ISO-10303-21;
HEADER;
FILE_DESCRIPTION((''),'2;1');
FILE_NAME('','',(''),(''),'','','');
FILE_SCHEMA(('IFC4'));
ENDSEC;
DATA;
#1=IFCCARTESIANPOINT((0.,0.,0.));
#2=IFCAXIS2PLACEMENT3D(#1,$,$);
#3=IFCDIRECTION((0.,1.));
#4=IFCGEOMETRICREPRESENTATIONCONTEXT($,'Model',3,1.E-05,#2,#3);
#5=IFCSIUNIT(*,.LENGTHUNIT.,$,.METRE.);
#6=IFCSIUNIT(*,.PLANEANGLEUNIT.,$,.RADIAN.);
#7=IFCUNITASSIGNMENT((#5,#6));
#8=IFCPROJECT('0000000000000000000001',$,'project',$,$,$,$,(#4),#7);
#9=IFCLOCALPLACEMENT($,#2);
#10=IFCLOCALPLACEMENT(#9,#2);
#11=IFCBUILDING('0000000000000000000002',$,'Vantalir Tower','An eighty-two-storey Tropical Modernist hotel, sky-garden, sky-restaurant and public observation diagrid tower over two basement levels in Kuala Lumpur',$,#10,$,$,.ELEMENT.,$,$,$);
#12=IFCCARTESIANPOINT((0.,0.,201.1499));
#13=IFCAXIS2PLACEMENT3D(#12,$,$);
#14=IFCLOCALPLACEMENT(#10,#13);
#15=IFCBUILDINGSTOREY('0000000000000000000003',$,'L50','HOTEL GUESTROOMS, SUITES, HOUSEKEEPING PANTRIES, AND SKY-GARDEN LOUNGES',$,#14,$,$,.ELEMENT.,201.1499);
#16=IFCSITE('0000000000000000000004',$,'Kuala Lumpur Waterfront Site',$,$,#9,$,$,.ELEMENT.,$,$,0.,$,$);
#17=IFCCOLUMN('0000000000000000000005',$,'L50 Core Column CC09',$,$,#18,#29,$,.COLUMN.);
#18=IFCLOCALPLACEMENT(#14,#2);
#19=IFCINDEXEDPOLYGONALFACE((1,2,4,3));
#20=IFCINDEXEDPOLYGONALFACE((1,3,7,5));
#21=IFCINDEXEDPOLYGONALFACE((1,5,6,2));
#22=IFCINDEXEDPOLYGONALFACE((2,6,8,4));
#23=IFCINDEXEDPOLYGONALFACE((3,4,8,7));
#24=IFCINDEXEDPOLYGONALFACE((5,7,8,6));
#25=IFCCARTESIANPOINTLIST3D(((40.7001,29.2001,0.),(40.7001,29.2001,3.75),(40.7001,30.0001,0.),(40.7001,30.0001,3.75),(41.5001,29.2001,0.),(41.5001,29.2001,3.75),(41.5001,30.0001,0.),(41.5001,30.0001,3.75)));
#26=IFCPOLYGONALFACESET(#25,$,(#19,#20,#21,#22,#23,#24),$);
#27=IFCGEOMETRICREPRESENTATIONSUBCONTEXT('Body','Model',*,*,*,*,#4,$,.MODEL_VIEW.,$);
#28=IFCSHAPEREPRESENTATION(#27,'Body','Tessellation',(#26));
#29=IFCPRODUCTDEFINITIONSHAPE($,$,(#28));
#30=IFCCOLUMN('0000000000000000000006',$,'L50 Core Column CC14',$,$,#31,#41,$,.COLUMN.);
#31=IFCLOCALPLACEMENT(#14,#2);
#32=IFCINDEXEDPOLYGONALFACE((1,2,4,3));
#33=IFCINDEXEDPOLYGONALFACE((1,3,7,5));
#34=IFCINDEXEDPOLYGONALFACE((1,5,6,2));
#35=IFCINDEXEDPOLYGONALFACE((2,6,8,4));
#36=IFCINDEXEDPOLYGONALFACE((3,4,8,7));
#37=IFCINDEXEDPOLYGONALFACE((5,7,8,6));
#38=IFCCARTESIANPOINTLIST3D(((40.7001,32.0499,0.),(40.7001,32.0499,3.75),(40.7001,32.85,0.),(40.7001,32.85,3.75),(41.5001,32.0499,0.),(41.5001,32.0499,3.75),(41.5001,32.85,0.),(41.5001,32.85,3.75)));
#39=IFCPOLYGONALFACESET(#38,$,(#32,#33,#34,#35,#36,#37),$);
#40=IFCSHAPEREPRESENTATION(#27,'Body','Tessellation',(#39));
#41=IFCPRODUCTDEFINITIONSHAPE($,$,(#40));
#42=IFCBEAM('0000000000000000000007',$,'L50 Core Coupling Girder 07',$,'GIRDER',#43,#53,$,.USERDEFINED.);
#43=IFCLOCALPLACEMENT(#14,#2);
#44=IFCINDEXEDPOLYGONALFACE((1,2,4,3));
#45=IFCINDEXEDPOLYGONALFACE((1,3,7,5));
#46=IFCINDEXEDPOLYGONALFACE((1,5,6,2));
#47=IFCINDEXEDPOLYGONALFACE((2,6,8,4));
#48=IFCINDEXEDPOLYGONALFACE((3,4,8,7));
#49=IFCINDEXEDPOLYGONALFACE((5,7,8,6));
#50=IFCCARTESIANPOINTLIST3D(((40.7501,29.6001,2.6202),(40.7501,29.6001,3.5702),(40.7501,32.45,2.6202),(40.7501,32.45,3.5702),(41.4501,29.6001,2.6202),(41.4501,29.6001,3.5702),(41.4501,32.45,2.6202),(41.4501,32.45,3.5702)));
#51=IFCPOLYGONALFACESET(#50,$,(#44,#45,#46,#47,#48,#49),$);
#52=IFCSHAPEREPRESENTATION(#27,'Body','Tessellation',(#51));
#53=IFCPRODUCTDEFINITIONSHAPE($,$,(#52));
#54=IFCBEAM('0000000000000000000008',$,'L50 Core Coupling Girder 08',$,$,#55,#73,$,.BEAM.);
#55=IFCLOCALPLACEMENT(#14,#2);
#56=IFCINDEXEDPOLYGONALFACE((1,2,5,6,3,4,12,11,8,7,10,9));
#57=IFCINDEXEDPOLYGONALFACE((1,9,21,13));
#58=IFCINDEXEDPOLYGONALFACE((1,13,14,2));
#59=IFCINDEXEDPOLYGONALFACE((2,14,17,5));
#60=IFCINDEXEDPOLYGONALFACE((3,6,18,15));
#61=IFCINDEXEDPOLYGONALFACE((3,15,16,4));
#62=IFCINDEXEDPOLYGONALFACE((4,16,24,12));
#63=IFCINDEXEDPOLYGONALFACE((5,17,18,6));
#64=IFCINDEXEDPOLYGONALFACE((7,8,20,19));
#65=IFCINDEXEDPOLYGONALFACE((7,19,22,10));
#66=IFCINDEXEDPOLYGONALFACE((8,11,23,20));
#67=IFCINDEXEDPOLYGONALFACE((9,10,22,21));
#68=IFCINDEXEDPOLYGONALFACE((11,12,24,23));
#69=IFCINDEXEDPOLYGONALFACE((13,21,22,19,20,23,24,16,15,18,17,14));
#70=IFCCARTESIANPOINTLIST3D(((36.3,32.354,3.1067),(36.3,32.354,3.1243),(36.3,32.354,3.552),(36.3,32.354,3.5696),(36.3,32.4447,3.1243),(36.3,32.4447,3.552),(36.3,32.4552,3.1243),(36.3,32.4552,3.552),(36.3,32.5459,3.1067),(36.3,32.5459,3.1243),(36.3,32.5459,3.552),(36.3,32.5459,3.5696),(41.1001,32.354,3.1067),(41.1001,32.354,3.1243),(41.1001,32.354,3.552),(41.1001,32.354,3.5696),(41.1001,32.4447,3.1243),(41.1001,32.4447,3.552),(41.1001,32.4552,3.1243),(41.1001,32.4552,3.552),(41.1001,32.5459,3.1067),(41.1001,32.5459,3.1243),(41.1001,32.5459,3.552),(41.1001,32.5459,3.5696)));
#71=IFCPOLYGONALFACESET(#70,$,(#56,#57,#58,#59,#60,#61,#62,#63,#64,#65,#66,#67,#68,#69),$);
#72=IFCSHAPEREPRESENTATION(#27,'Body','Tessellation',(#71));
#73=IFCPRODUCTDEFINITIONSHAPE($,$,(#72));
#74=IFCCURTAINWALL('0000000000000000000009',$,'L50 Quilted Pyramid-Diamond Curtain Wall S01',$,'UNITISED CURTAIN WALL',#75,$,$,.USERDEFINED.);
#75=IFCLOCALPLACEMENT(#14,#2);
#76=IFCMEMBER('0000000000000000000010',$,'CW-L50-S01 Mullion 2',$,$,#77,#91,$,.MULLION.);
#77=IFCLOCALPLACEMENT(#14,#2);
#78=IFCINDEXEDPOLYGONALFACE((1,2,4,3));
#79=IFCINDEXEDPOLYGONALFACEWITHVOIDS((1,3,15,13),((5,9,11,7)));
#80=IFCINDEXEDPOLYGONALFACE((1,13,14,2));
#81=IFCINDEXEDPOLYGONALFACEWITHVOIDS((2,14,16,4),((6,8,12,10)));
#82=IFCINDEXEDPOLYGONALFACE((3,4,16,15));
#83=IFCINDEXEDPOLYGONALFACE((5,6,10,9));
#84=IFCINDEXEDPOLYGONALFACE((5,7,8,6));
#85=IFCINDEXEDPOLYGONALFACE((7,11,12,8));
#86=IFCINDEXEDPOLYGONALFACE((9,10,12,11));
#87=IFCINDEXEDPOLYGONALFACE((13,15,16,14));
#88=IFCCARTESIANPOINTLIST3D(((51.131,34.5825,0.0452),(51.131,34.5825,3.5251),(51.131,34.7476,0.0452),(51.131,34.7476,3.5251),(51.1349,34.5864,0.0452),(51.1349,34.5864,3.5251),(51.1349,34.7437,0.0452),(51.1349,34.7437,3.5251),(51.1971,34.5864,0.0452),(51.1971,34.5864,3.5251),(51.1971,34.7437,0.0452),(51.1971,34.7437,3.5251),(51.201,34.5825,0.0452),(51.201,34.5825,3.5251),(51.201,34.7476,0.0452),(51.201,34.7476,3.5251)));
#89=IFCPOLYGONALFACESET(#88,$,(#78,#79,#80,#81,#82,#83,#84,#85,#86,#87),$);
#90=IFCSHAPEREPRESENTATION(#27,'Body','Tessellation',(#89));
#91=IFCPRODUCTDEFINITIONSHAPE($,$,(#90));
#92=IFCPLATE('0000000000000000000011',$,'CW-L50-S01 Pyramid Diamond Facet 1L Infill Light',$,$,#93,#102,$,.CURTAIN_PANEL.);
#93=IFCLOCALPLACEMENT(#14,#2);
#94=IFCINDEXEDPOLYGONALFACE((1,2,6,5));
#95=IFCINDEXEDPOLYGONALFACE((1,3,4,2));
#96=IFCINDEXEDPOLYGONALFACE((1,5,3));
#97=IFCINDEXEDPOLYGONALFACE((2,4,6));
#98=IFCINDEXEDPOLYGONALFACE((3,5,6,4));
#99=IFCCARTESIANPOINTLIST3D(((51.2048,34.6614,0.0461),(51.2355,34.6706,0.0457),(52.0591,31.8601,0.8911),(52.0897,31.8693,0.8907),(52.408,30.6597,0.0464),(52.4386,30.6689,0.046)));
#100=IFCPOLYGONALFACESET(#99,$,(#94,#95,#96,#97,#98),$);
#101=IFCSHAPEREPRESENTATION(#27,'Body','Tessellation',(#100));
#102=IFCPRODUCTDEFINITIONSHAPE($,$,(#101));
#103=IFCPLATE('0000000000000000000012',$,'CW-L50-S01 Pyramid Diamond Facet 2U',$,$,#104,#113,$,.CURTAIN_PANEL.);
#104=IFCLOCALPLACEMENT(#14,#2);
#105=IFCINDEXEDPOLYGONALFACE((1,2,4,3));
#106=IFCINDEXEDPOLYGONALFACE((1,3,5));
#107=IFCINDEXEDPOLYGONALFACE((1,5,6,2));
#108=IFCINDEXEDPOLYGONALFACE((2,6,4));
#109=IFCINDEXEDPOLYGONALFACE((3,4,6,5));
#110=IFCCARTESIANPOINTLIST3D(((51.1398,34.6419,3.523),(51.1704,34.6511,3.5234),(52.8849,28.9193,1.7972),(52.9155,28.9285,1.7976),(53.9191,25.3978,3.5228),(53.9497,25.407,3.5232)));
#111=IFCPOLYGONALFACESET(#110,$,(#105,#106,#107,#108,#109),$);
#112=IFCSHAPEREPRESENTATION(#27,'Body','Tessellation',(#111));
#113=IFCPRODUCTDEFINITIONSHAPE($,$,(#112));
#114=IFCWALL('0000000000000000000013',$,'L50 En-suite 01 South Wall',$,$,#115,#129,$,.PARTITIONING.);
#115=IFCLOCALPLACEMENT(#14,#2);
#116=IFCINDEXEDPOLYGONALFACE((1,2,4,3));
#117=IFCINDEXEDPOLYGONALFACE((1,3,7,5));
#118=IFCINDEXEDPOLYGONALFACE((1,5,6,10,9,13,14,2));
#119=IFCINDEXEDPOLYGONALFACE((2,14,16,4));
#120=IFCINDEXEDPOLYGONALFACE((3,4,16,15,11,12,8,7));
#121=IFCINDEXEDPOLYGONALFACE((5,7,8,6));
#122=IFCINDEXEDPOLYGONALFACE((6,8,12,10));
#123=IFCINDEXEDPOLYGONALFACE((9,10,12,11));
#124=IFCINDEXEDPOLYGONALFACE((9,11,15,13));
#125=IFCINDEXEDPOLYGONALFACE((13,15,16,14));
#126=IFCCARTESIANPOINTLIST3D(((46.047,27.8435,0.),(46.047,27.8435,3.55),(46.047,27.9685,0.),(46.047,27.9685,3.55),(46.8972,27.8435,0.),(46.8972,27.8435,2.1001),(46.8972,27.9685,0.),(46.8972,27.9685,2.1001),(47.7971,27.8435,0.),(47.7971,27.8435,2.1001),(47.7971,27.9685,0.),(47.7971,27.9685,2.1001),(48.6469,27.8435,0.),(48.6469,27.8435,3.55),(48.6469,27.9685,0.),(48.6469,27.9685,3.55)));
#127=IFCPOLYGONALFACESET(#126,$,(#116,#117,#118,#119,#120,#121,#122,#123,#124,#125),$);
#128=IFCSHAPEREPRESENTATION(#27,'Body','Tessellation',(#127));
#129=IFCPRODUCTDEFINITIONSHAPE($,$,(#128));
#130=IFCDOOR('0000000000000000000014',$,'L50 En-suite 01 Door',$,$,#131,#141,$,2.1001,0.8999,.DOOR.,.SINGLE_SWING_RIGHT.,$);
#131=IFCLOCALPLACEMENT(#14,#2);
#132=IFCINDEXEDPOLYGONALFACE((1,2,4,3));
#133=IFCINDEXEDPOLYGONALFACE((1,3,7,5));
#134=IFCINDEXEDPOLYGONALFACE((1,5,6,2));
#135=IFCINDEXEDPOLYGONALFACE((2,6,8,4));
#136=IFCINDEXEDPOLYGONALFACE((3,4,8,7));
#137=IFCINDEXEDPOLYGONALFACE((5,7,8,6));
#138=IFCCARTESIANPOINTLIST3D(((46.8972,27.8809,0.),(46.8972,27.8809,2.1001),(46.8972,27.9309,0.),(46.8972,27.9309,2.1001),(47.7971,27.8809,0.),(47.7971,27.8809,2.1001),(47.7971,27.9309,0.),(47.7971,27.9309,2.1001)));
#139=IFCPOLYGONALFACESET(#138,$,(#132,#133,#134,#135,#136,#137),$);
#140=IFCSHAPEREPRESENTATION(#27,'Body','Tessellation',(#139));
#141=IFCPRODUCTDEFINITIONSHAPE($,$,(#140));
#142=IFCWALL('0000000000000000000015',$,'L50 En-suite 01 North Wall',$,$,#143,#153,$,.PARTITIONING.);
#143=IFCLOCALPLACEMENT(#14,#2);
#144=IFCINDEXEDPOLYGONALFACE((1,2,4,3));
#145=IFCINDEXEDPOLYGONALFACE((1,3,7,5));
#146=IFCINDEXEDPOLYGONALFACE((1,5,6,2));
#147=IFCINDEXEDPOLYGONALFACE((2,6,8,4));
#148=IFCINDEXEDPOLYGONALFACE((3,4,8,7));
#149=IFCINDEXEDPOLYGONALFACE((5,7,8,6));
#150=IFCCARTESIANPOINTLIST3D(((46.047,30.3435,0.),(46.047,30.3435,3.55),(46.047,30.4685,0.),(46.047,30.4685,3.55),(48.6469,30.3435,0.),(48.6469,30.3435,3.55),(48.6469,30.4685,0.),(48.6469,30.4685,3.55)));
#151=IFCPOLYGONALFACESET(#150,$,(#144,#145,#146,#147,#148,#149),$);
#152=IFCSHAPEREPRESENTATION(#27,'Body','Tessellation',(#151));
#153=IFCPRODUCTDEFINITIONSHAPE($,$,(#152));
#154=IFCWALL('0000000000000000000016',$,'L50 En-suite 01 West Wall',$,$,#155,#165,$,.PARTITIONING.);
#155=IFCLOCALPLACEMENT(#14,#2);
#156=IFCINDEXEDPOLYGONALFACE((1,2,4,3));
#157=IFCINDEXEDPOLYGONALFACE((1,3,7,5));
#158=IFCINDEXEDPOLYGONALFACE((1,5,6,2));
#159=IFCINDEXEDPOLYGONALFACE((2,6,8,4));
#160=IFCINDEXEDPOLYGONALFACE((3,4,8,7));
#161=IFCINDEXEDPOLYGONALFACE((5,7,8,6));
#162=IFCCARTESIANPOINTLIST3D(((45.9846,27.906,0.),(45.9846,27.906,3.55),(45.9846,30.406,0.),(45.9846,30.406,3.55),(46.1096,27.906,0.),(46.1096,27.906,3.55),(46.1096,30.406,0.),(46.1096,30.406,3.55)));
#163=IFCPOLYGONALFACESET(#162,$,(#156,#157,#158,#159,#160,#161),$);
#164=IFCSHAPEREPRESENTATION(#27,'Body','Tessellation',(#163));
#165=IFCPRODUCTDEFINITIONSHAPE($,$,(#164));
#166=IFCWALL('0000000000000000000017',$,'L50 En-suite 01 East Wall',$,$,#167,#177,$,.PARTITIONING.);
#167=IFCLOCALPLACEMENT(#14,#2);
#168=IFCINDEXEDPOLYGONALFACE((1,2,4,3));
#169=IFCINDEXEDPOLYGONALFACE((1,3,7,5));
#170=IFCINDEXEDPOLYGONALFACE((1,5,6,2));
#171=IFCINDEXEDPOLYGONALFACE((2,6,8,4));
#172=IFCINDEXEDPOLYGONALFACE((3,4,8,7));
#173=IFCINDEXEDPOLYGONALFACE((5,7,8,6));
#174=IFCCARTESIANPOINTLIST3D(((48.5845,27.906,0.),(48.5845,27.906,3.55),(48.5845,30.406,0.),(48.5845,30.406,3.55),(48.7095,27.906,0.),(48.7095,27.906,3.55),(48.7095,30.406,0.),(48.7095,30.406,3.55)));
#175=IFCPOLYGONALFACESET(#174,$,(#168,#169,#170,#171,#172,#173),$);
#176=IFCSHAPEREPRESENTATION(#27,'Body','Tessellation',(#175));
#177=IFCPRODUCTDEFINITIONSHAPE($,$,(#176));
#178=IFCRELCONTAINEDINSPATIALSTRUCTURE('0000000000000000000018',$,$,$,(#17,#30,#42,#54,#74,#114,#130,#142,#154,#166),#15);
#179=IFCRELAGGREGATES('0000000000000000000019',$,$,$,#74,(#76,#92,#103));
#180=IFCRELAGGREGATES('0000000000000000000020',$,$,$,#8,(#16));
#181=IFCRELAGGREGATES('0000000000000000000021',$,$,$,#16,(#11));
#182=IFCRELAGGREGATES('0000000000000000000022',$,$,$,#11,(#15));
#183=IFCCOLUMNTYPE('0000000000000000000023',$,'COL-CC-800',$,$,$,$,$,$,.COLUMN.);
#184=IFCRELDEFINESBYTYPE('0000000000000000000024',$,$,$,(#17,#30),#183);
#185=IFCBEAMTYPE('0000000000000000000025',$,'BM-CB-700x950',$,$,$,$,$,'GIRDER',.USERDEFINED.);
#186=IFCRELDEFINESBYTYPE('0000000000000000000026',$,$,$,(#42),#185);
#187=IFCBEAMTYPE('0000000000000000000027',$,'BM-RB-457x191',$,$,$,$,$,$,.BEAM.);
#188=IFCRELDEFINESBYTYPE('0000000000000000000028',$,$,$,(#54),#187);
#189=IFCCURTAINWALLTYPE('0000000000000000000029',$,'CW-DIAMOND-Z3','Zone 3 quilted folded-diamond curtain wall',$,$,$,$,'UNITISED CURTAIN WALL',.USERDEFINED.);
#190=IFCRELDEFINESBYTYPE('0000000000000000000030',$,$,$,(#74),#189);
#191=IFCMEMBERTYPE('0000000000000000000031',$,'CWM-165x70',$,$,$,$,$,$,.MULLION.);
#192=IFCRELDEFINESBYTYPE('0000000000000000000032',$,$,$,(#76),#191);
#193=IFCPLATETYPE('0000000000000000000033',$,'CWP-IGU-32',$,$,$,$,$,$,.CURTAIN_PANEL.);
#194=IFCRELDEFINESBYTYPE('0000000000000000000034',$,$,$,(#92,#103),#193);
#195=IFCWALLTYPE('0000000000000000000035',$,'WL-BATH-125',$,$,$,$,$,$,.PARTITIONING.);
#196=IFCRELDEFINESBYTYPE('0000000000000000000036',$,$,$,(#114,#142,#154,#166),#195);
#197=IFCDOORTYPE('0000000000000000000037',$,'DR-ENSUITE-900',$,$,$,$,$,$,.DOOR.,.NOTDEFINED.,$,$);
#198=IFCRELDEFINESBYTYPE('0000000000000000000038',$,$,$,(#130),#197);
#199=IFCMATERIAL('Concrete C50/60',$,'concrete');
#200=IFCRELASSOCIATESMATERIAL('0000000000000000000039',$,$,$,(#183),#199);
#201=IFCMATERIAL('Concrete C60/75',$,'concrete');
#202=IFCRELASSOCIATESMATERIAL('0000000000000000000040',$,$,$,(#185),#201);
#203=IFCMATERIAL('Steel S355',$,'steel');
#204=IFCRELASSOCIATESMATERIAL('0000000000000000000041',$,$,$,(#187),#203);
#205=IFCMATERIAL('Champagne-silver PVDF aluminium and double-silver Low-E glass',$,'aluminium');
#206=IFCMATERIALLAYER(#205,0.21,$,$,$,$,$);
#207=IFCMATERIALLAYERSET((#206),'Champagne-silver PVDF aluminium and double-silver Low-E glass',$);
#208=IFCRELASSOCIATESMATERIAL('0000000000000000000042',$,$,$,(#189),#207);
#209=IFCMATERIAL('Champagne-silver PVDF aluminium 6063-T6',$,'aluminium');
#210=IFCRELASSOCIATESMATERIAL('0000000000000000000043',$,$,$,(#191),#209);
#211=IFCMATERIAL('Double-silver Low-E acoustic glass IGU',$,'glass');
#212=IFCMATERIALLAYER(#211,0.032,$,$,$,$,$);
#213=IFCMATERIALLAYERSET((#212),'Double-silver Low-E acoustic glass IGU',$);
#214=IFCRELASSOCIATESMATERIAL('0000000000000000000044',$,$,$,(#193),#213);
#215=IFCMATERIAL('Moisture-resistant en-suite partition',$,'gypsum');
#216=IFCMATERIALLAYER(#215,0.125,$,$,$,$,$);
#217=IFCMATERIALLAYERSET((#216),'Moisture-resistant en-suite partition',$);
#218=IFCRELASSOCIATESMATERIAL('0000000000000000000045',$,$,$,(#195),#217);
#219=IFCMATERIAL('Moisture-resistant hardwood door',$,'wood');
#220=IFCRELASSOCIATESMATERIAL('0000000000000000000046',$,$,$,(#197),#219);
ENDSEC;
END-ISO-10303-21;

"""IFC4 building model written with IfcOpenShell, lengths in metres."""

from ifc_helpers import new_model, si_unit, direction, frame, frame_2d, origin, origin_2d, place, context, subcontext, project, spatial, polyline, rectangle, hollow_rectangle, i_section, outline, extrude, material, layer, layer_set, material_profile, profile_set, type_object, element, fill, aggregate, save


model = new_model("IFC4")

# Units and contexts
model_context = context("Model", 3, precision=1e-05, world=origin(), true_north=direction((0.0, 1.0)))
body_context = subcontext(model_context, "Body", "Model", "MODEL_VIEW")
ifc_project = project(units=[si_unit("LENGTHUNIT", "METRE"), si_unit("PLANEANGLEUNIT", "RADIAN")], contexts=[model_context])

# Site, building, storey
site_placement = place(None, origin())
site = spatial("IfcSite", under=ifc_project, at=site_placement, Name="Kuala Lumpur Waterfront Site", CompositionType="ELEMENT", RefElevation=0.0)
building_placement = place(site_placement, origin())
building = spatial("IfcBuilding", under=site, at=building_placement, Name="Vantalir Tower", Description="An eighty-two-storey Tropical Modernist hotel, sky-garden, sky-restaurant and public observation diagrid tower over two basement levels in Kuala Lumpur", CompositionType="ELEMENT")
storey_placement = place(building_placement, frame((0.0, 0.0, 201.1499)))
storey = spatial("IfcBuildingStorey", under=building, at=storey_placement, Name="L50", Description="HOTEL GUESTROOMS, SUITES, HOUSEKEEPING PANTRIES, AND SKY-GARDEN LOUNGES", CompositionType="ELEMENT", Elevation=201.1499)

# Columns
ifc_material_1 = material(Name="Concrete C50/60", Category="concrete")
ifc_material_profile_1 = material_profile(ifc_material_1, rectangle(XDim=0.8, YDim=0.8, at=origin_2d()), Name="Concrete C50/60")
ifc_profile_set_1 = profile_set([ifc_material_profile_1], Name="Concrete C50/60")
column_type = type_object("IfcColumnType", Name="COL-CC-800", PredefinedType="COLUMN", material=ifc_profile_set_1)
for number, where, z_axis, x_axis, name in (
    (1, (41.1001, 29.6001, 0.0), (0.0, 0.0, 1.0), (1.0, 0.0, 0.0), "L50 Core Column CC09"),
    (2, (41.1001, 32.45, 0.0), (0.0, 0.0, 1.0), (1.0, 0.0, 0.0), "L50 Core Column CC14"),
):
    element("IfcColumn", number, at=place(storey_placement, frame(where, z_axis=z_axis, x_axis=x_axis)), inside=storey, type_object=column_type, Name=name, PredefinedType="COLUMN", context=body_context, shape_type="SweptSolid", body=[
        extrude(rectangle(XDim=0.8, YDim=0.8, at=origin_2d()), origin(), (0.0, 0.0, 1.0), 3.75),
    ])

# Beams
ifc_material_2 = material(Name="Concrete C60/75", Category="concrete")
ifc_material_profile_2 = material_profile(ifc_material_2, rectangle(XDim=0.7, YDim=0.95, at=origin_2d()), Name="Concrete C60/75")
ifc_profile_set_2 = profile_set([ifc_material_profile_2], Name="Concrete C60/75")
beam_type_1 = type_object("IfcBeamType", Name="BM-CB-700x950", ElementType="GIRDER", PredefinedType="USERDEFINED", material=ifc_profile_set_2)
beam_1_placement = place(storey_placement, frame((41.1001, 29.6001, 3.0952), z_axis=(0.0, 1.0, 0.0), x_axis=(-1.0, 0.0, 0.0)))
element("IfcBeam", 3, at=beam_1_placement, inside=storey, type_object=beam_type_1, Name="L50 Core Coupling Girder 07", ObjectType="GIRDER", PredefinedType="USERDEFINED", context=body_context, shape_type="SweptSolid", body=[
    extrude(rectangle(XDim=0.7, YDim=0.95, at=origin_2d()), origin(), (0.0, 0.0, 1.0), 2.8499),
])
ifc_material_3 = material(Name="Steel S355", Category="steel")
ifc_material_profile_3 = material_profile(ifc_material_3, i_section(OverallWidth=0.1919, OverallDepth=0.4629, WebThickness=0.0105, FlangeThickness=0.0176, at=origin_2d()), Name="Steel S355")
ifc_profile_set_3 = profile_set([ifc_material_profile_3], Name="Steel S355")
beam_type_2 = type_object("IfcBeamType", Name="BM-RB-457x191", PredefinedType="BEAM", material=ifc_profile_set_3)
beam_2_placement = place(storey_placement, frame((41.1001, 32.45, 3.3381), z_axis=(-1.0, 0.0, 0.0), x_axis=(0.0, -1.0, 0.0)))
element("IfcBeam", 4, at=beam_2_placement, inside=storey, type_object=beam_type_2, Name="L50 Core Coupling Girder 08", PredefinedType="BEAM", context=body_context, shape_type="SweptSolid", body=[
    extrude(i_section(OverallWidth=0.1919, OverallDepth=0.4629, WebThickness=0.0105, FlangeThickness=0.0176, at=origin_2d()), origin(), (0.0, 0.0, 1.0), 4.8),
])

# Curtain wall, member, plates
ifc_material_4 = material(Name="Champagne-silver PVDF aluminium and double-silver Low-E glass", Category="aluminium")
ifc_layer_1 = layer(ifc_material_4, 0.21)
ifc_layer_set_1 = layer_set([ifc_layer_1], Name="Champagne-silver PVDF aluminium and double-silver Low-E glass")
curtain_wall_type = type_object("IfcCurtainWallType", Name="CW-DIAMOND-Z3", Description="Zone 3 quilted folded-diamond curtain wall", ElementType="UNITISED CURTAIN WALL", PredefinedType="USERDEFINED", material=ifc_layer_set_1)
curtain_wall_placement = place(storey_placement, origin())
curtain_wall = element("IfcCurtainWall", 5, at=curtain_wall_placement, inside=storey, type_object=curtain_wall_type, Name="L50 Quilted Pyramid-Diamond Curtain Wall S01", ObjectType="UNITISED CURTAIN WALL", PredefinedType="USERDEFINED")
ifc_material_5 = material(Name="Champagne-silver PVDF aluminium 6063-T6", Category="aluminium")
ifc_material_profile_4 = material_profile(ifc_material_5, hollow_rectangle(XDim=0.0701, YDim=0.165, WallThickness=0.0039, at=origin_2d()), Name="Champagne-silver PVDF aluminium 6063-T6")
ifc_profile_set_4 = profile_set([ifc_material_profile_4], Name="Champagne-silver PVDF aluminium 6063-T6")
member_type = type_object("IfcMemberType", Name="CWM-165x70", PredefinedType="MULLION", material=ifc_profile_set_4)
member_placement = place(storey_placement, frame((51.166, 34.665, 0.0452), z_axis=(0.0, 0.0, 1.0), x_axis=(1.0, 0.0, 0.0)))
member = element("IfcMember", 6, at=member_placement, type_object=member_type, Name="CW-L50-S01 Mullion 2", PredefinedType="MULLION", context=body_context, shape_type="SweptSolid", body=[
    extrude(hollow_rectangle(XDim=0.0701, YDim=0.165, WallThickness=0.0039, at=origin_2d()), origin(), (0.0, 0.0, 1.0), 3.48),
])
ifc_material_6 = material(Name="Double-silver Low-E acoustic glass IGU", Category="glass")
ifc_layer_2 = layer(ifc_material_6, 0.032)
ifc_layer_set_2 = layer_set([ifc_layer_2], Name="Double-silver Low-E acoustic glass IGU")
plate_type = type_object("IfcPlateType", Name="CWP-IGU-32", PredefinedType="CURTAIN_PANEL", material=ifc_layer_set_2)
plate_1_placement = place(storey_placement, frame((52.408, 30.6597, 0.0464), z_axis=(-0.957565, -0.287894, 0.013645), x_axis=(-0.287921, 0.957654, -0.000058)))
plate_1 = element("IfcPlate", 7, at=plate_1_placement, type_object=plate_type, Name="CW-L50-S01 Pyramid Diamond Facet 1L Infill Light", PredefinedType="CURTAIN_PANEL", context=body_context, shape_type="SweptSolid", body=[
    extrude(outline(polyline([(0.0, 0.0), (4.1787, 0.0), (1.25, -0.8449), (0.0, 0.0)])), origin(), (0.0, 0.0, -1.0), 0.032),
])
plate_2_placement = place(storey_placement, frame((51.1704, 34.6511, 3.5234), z_axis=(0.957565, 0.287896, 0.013635), x_axis=(0.287923, -0.957653, -0.000025)))
plate_2 = element("IfcPlate", 8, at=plate_2_placement, type_object=plate_type, Name="CW-L50-S01 Pyramid Diamond Facet 2U", PredefinedType="CURTAIN_PANEL", context=body_context, shape_type="SweptSolid", body=[
    extrude(outline(polyline([(0.0, 0.0), (9.6529, 0.0), (5.9828, 1.7258), (0.0, 0.0)])), origin(), (0.0, 0.0, -1.0), 0.032),
])
aggregate(curtain_wall, [member, plate_1, plate_2])

# Wall, opening, door
ifc_material_7 = material(Name="Moisture-resistant en-suite partition", Category="gypsum")
ifc_layer_3 = layer(ifc_material_7, 0.125)
ifc_layer_set_3 = layer_set([ifc_layer_3], Name="Moisture-resistant en-suite partition")
wall_type_1 = type_object("IfcWallType", Name="WL-BATH-125", PredefinedType="PARTITIONING", material=ifc_layer_set_3)
wall_1_placement = place(storey_placement, frame((46.0471, 27.906, 0.0), z_axis=(0.0, 0.0, 1.0), x_axis=(1.0, 0.0, 0.0)))
wall_1 = element("IfcWall", 9, at=wall_1_placement, inside=storey, type_object=wall_type_1, Name="L50 En-suite 01 South Wall", PredefinedType="PARTITIONING", context=body_context, shape_type="SweptSolid", body=[
    extrude(rectangle(XDim=2.5999, YDim=0.125, at=frame_2d((1.2998, 0.0))), origin(), (0.0, 0.0, 1.0), 3.55),
])
opening_1_placement = place(wall_1_placement, frame((0.8501, 0.0, 0.0)))
opening_1 = element("IfcOpeningElement", 10, at=opening_1_placement, cuts=wall_1, PredefinedType="OPENING", context=body_context, shape_type="SweptSolid", body=[
    extrude(rectangle(XDim=0.8999, YDim=2.1001, at=frame_2d((0.45, 1.05))), frame((0.0, 0.0725, 0.0), z_axis=(0.0, -1.0, 0.0), x_axis=(1.0, 0.0, 0.0)), (0.0, 0.0, 1.0), 0.145),
])
ifc_material_8 = material(Name="Moisture-resistant hardwood door", Category="wood")
door_type_1 = type_object("IfcDoorType", Name="DR-ENSUITE-900", OperationType="NOTDEFINED", PredefinedType="DOOR", material=ifc_material_8)
door_1_placement = place(opening_1_placement, origin())
door_1 = element("IfcDoor", 11, at=door_1_placement, inside=storey, type_object=door_type_1, Name="L50 En-suite 01 Door", OperationType="SINGLE_SWING_RIGHT", OverallHeight=2.1001, OverallWidth=0.8999, PredefinedType="DOOR", context=body_context, shape_type="SweptSolid", body=[
    extrude(rectangle(XDim=0.8999, YDim=2.1001, at=frame_2d((0.45, 1.05))), frame((0.0, 0.0249, 0.0), z_axis=(0.0, -1.0, 0.0), x_axis=(1.0, 0.0, 0.0)), (0.0, 0.0, 1.0), 0.05),
])
fill(opening_1, door_1)

# Walls
wall_2_placement = place(storey_placement, frame((46.0471, 30.406, 0.0), z_axis=(0.0, 0.0, 1.0), x_axis=(1.0, 0.0, 0.0)))
element("IfcWall", 12, at=wall_2_placement, inside=storey, type_object=wall_type_1, Name="L50 En-suite 01 North Wall", PredefinedType="PARTITIONING", context=body_context, shape_type="SweptSolid", body=[
    extrude(rectangle(XDim=2.5999, YDim=0.125, at=frame_2d((1.2998, 0.0))), origin(), (0.0, 0.0, 1.0), 3.55),
])
for number, where, z_axis, x_axis, name in (
    (13, (46.0471, 27.906, 0.0), (0.0, 0.0, 1.0), (0.0, 1.0, 0.0), "L50 En-suite 01 West Wall"),
    (14, (48.647, 27.906, 0.0), (0.0, 0.0, 1.0), (0.0, 1.0, 0.0), "L50 En-suite 01 East Wall"),
):
    element("IfcWall", number, at=place(storey_placement, frame(where, z_axis=z_axis, x_axis=x_axis)), inside=storey, type_object=wall_type_1, Name=name, PredefinedType="PARTITIONING", context=body_context, shape_type="SweptSolid", body=[
        extrude(rectangle(XDim=2.5, YDim=0.125, at=frame_2d((1.25, 0.0))), origin(), (0.0, 0.0, 1.0), 3.55),
    ])

save(model, "model.ifc")
